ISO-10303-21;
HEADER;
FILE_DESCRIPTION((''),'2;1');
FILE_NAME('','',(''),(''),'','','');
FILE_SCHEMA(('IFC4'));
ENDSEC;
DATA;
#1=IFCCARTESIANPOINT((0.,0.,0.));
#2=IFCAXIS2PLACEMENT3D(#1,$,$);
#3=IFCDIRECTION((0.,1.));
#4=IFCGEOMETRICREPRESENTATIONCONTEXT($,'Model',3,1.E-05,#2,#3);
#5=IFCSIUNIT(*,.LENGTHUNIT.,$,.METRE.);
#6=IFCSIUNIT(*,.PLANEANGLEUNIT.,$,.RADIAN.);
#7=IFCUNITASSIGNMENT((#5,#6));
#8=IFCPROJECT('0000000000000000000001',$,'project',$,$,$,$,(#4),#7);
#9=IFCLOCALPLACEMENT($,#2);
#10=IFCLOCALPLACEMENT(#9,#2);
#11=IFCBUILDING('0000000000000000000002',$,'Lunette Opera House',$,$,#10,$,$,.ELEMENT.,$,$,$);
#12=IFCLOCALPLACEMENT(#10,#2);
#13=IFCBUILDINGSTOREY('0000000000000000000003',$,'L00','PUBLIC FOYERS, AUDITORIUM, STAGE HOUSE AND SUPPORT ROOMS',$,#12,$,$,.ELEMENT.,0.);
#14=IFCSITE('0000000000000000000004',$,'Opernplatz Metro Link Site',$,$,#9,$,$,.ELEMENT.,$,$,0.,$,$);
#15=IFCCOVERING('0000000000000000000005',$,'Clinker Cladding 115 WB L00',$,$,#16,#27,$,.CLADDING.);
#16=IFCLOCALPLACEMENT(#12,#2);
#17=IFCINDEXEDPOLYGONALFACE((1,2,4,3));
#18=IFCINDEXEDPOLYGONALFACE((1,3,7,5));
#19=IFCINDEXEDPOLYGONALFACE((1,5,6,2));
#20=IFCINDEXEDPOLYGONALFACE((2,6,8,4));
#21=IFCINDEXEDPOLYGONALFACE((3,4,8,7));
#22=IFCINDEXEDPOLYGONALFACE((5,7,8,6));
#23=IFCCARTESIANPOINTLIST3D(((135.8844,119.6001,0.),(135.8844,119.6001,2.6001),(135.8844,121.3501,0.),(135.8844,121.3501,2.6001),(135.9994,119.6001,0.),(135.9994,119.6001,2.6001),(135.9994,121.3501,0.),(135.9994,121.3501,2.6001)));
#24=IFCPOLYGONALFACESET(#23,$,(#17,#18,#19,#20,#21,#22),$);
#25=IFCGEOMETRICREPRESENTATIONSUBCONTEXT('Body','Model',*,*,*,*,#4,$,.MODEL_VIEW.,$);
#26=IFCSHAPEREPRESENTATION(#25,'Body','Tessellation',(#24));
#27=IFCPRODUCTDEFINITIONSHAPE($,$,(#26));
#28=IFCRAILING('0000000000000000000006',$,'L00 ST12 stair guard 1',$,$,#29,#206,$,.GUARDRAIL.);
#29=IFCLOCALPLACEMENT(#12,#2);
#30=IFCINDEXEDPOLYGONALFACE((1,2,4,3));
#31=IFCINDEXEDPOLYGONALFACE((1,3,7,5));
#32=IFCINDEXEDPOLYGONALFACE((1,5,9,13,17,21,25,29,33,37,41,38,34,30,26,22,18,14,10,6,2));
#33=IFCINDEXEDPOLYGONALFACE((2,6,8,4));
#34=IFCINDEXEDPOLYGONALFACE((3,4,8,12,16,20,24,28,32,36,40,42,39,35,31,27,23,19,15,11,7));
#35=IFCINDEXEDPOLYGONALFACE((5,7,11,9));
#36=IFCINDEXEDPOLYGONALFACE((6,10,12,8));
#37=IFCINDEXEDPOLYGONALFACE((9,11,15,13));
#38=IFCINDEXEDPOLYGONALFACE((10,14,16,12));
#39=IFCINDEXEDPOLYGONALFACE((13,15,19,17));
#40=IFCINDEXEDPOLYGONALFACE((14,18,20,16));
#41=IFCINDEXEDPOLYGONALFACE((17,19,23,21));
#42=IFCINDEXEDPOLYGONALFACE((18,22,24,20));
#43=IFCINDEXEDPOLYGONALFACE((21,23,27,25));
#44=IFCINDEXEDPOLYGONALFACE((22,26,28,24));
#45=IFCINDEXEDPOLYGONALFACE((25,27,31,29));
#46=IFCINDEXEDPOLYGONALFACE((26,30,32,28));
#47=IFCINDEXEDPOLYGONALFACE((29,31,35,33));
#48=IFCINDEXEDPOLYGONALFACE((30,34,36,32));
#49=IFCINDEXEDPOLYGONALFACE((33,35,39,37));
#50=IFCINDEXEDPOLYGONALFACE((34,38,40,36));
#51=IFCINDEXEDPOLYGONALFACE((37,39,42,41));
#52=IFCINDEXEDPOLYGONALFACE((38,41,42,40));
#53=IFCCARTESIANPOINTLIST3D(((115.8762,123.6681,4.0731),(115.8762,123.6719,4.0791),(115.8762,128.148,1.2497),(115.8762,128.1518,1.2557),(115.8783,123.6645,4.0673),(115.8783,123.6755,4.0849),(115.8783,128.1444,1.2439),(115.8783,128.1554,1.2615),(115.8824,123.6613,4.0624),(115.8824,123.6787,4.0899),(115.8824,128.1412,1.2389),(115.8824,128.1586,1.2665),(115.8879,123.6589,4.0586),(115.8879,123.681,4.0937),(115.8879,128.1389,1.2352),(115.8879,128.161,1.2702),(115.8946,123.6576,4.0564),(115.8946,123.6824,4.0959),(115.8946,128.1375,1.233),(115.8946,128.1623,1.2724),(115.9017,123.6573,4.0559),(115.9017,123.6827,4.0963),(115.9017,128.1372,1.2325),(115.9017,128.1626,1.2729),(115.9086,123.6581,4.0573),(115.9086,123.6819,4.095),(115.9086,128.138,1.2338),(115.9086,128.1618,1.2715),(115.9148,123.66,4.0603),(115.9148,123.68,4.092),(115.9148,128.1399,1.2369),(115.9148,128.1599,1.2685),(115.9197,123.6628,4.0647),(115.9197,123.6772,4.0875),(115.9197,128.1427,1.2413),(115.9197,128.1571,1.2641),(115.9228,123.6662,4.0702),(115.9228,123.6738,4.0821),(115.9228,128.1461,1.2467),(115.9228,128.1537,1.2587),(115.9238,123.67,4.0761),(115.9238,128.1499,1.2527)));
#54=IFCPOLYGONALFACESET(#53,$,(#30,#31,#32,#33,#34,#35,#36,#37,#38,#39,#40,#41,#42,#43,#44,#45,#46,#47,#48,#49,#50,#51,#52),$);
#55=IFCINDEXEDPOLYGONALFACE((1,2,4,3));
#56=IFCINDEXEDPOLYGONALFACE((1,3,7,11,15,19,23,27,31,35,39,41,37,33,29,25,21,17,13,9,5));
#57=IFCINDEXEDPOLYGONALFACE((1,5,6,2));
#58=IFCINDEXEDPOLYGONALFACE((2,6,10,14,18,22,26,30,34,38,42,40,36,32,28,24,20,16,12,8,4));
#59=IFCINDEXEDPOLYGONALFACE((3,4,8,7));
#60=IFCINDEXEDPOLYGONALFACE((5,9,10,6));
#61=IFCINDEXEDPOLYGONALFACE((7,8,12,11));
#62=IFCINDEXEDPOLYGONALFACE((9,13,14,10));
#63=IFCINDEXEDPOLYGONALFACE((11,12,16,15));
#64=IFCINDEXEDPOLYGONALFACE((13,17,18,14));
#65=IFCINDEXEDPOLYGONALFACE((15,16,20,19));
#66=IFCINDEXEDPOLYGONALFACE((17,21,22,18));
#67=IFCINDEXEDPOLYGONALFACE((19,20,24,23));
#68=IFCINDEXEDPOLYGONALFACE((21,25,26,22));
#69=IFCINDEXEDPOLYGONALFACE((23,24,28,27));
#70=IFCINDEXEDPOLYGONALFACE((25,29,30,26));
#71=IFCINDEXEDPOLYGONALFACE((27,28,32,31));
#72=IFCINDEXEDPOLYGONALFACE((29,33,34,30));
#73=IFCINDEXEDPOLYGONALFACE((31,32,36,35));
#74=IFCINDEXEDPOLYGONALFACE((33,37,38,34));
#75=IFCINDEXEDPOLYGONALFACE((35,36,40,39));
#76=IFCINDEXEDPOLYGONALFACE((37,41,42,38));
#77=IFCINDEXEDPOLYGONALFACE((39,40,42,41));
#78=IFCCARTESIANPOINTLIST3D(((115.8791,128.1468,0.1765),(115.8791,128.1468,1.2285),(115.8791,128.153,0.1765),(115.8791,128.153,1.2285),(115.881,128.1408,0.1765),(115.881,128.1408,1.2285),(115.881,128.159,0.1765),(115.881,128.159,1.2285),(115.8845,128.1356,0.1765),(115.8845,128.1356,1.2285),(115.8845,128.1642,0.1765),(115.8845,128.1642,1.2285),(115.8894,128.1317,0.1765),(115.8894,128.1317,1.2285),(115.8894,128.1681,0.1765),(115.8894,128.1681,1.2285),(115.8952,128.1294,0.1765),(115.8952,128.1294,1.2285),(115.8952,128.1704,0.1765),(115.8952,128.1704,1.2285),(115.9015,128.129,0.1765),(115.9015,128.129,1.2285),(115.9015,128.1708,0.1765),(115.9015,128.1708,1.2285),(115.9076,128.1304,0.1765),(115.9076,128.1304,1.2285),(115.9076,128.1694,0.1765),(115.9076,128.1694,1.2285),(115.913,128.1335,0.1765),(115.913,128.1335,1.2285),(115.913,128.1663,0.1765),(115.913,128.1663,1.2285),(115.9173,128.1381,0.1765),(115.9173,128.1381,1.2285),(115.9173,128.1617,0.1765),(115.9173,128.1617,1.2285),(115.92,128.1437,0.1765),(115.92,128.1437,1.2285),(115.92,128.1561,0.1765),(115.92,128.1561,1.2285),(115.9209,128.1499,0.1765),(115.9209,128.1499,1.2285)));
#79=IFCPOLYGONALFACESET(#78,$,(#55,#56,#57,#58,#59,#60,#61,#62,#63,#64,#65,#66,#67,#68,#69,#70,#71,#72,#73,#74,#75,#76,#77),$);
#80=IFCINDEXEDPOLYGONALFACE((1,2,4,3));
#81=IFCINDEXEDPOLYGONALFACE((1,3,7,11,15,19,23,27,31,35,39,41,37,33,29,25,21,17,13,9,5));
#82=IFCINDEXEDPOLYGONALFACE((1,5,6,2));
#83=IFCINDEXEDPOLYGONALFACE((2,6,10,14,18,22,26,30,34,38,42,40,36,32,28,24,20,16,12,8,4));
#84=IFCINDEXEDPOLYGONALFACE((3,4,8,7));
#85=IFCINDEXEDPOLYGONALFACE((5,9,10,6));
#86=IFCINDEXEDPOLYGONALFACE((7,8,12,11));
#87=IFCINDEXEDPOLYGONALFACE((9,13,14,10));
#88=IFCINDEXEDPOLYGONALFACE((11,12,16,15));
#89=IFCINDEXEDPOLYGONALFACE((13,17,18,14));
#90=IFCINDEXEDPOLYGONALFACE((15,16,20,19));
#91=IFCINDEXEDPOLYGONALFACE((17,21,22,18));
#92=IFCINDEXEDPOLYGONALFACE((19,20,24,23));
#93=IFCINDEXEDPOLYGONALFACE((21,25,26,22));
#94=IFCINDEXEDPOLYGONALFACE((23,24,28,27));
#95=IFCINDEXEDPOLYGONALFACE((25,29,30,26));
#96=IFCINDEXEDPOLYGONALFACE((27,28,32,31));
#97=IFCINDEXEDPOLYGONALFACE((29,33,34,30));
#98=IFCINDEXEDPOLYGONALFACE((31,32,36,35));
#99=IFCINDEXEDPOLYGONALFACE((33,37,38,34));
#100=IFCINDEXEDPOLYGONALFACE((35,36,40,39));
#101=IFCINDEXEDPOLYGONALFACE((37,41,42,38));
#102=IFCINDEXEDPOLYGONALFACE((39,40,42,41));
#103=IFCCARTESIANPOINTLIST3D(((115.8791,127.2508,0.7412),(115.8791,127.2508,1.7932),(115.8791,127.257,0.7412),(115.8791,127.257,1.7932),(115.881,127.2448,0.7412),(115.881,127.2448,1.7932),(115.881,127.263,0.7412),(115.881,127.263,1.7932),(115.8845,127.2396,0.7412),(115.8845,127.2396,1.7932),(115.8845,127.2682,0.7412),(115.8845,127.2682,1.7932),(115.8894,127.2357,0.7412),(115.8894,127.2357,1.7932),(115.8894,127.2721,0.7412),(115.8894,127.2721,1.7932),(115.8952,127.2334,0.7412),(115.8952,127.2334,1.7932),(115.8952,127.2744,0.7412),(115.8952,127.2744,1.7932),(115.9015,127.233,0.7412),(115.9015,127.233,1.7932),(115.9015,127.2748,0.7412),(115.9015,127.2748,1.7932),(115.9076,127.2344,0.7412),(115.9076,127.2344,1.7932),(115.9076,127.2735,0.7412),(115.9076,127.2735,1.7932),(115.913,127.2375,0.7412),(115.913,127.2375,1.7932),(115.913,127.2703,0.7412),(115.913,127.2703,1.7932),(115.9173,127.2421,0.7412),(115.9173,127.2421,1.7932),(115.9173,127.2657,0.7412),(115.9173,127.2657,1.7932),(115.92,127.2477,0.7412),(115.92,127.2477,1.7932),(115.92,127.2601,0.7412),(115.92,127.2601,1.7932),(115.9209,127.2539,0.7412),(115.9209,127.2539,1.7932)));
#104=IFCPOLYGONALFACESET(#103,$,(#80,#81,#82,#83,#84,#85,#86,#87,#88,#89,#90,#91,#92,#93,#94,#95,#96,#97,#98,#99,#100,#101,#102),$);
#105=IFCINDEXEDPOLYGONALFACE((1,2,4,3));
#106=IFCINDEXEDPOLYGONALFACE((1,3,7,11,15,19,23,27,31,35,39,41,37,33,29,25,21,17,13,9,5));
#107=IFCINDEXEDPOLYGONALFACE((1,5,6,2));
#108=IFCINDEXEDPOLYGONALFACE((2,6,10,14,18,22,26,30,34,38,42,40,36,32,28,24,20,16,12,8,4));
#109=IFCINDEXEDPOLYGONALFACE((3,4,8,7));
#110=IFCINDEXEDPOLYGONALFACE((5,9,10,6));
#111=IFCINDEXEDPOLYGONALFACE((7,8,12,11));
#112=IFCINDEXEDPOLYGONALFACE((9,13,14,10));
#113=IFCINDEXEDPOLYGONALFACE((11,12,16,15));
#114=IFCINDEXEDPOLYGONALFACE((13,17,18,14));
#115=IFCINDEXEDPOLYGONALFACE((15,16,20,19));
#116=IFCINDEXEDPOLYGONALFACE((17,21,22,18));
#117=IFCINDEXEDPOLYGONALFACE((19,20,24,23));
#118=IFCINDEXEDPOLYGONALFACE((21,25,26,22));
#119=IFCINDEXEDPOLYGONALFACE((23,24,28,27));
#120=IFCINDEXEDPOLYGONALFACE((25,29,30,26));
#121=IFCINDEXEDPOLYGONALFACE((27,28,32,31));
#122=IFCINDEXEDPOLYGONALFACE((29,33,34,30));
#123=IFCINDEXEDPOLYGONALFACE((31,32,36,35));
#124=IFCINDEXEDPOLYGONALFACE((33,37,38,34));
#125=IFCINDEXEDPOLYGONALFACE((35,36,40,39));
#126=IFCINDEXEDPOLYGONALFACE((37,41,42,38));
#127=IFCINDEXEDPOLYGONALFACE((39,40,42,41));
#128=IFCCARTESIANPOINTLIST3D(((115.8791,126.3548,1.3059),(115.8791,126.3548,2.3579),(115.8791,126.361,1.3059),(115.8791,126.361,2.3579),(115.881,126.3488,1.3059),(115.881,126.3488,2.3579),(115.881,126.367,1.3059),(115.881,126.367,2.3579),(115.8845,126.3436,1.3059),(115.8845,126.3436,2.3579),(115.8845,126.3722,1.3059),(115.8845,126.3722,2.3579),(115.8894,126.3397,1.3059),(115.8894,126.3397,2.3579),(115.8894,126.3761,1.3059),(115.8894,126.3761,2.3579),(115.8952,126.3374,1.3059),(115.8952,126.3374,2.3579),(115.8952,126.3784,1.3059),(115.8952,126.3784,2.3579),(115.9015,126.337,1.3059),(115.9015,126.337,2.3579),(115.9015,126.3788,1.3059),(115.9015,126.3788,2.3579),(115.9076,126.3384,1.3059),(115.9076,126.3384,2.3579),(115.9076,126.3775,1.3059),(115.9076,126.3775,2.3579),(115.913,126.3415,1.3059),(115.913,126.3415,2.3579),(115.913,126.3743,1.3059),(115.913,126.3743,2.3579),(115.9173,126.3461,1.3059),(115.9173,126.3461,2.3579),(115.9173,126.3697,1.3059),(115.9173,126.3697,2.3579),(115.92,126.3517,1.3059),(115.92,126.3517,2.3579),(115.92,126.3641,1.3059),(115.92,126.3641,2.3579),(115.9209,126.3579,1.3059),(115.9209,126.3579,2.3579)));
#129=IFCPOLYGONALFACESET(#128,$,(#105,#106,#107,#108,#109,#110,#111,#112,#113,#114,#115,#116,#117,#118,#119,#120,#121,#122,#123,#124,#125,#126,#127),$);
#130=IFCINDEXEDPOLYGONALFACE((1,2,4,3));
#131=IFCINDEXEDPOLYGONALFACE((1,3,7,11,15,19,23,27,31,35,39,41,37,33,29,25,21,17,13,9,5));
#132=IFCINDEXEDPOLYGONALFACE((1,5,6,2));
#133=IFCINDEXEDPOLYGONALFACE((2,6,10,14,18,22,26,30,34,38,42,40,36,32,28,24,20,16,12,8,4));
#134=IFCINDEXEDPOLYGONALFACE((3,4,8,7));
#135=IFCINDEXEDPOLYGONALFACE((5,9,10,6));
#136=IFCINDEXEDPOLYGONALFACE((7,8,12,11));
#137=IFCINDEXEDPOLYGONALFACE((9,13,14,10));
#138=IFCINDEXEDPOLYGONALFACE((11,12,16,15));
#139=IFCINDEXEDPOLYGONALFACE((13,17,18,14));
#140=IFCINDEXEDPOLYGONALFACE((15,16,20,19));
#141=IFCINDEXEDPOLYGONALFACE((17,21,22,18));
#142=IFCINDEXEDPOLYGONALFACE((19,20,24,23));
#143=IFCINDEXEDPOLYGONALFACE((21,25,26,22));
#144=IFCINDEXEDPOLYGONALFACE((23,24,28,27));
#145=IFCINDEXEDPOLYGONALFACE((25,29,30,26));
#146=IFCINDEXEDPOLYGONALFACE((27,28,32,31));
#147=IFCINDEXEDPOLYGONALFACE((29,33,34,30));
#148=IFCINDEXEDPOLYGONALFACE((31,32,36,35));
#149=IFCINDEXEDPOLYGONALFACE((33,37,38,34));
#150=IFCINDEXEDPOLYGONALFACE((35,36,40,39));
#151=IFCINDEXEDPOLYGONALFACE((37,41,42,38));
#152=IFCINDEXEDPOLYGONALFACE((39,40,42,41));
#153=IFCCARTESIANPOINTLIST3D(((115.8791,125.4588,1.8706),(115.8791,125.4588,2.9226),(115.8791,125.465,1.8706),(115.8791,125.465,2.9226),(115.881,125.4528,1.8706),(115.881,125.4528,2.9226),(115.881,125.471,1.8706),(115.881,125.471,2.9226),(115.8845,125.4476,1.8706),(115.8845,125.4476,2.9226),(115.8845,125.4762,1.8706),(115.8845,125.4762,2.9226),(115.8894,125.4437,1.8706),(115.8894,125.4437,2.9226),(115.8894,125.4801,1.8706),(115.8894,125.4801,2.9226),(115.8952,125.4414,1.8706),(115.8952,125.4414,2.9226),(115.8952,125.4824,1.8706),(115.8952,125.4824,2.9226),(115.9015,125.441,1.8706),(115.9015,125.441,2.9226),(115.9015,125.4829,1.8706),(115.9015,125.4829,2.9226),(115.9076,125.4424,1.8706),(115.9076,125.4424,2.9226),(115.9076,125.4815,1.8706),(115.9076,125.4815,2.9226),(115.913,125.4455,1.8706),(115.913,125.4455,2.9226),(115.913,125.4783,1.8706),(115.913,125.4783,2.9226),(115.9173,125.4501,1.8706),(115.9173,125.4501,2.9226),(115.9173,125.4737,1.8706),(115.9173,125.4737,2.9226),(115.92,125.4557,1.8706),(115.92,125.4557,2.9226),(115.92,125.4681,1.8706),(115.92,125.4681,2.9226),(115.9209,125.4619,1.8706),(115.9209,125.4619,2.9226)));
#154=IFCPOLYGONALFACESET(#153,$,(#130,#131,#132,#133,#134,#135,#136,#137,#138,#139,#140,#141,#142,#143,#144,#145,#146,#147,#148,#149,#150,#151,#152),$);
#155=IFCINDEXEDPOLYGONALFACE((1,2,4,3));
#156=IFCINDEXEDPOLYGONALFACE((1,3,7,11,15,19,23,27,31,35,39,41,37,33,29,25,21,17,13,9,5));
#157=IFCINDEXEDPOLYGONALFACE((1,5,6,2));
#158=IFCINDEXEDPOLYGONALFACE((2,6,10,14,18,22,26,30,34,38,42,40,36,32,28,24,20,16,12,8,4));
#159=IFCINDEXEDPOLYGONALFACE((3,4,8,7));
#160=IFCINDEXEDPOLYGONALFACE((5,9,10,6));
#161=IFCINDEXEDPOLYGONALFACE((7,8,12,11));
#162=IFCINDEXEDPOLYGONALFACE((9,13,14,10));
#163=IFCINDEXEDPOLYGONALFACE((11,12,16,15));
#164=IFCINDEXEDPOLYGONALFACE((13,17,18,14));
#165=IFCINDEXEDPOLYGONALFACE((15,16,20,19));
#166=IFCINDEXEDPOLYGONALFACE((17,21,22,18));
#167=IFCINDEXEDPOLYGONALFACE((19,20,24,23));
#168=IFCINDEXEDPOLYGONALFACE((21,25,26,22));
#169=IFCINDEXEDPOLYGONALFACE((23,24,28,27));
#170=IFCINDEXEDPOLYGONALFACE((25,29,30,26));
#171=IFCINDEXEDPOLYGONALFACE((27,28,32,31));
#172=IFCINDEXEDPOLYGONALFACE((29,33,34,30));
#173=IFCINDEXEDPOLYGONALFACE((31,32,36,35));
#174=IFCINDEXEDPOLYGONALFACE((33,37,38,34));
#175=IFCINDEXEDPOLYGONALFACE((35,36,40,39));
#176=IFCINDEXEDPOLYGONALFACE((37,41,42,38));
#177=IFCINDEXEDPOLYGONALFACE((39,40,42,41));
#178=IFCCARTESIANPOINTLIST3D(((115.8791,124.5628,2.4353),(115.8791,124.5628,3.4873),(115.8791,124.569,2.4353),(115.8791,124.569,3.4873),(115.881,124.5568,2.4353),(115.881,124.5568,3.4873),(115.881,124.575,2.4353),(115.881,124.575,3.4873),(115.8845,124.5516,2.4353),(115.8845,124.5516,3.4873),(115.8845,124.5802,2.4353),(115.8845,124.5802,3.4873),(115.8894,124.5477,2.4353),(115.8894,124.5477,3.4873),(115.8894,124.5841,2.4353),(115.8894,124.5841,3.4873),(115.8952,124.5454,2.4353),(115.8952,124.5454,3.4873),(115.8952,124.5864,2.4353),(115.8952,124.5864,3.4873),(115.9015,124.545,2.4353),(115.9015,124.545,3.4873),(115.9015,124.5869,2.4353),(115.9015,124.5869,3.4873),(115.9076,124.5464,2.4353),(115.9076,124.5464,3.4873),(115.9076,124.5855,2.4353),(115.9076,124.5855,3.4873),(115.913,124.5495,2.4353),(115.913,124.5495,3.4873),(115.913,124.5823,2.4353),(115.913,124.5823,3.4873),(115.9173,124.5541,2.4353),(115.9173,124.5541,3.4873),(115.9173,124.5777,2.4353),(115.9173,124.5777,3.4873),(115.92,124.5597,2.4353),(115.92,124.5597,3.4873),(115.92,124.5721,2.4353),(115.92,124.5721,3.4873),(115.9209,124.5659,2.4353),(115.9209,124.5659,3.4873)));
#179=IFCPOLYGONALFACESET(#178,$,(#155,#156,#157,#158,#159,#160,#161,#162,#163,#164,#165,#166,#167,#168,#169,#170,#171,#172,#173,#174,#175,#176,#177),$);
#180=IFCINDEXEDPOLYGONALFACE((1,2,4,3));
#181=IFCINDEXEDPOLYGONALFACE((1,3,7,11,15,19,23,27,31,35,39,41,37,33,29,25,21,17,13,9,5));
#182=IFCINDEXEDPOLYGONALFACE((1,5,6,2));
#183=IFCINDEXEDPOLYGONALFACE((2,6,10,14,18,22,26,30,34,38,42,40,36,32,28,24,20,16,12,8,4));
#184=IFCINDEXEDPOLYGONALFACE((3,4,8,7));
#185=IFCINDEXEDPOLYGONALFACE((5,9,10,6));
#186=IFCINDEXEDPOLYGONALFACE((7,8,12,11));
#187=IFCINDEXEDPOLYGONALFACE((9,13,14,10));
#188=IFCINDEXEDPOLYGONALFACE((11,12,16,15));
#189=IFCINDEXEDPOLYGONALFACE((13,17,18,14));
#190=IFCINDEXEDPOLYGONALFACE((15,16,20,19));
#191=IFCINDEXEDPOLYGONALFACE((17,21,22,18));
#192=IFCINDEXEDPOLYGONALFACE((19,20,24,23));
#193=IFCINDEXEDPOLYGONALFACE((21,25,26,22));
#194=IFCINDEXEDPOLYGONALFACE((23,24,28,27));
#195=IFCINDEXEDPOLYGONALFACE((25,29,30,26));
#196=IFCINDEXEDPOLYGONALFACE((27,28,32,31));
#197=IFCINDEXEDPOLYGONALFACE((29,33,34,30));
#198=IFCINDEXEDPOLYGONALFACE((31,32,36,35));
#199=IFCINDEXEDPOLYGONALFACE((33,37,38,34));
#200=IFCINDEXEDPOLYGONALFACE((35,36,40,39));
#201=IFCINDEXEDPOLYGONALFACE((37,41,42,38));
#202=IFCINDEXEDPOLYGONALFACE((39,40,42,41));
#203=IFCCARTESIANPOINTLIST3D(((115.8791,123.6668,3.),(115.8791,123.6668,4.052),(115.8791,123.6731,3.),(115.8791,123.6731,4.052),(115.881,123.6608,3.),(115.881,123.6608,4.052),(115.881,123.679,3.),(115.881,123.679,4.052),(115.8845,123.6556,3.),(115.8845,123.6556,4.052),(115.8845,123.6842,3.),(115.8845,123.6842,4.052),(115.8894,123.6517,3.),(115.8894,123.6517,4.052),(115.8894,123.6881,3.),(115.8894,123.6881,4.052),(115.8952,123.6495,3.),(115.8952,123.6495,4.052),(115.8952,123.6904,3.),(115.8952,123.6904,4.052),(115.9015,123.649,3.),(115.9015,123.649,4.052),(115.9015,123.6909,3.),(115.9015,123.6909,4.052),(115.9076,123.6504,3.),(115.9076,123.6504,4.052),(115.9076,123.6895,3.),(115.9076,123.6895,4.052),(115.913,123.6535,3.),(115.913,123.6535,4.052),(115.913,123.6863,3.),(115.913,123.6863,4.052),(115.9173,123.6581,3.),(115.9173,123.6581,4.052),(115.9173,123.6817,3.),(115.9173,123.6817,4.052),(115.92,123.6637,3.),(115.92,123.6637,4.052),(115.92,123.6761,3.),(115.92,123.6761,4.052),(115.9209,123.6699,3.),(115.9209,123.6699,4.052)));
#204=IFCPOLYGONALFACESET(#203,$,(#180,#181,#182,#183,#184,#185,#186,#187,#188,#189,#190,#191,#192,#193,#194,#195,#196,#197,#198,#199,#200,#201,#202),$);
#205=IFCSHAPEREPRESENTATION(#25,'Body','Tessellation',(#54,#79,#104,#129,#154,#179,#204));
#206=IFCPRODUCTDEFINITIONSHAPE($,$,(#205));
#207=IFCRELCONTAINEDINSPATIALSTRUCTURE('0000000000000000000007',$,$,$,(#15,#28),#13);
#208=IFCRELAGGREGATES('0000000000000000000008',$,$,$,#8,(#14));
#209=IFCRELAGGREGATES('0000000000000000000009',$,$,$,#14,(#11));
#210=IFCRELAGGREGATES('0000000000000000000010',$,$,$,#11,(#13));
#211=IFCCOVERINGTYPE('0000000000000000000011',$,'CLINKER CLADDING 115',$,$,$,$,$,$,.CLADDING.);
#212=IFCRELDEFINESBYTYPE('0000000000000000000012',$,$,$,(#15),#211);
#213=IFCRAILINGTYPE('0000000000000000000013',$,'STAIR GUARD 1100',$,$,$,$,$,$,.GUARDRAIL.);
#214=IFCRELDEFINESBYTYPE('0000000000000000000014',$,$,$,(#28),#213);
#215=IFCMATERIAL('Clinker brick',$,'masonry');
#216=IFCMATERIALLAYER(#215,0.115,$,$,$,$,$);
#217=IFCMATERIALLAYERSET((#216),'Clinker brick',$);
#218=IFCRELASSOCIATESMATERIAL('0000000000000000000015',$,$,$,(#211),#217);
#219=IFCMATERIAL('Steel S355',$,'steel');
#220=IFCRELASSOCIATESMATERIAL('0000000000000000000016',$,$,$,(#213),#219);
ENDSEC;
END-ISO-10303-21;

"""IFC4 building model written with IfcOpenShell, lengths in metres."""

from ifc_helpers import new_model, si_unit, direction, frame, origin, origin_2d, place, context, subcontext, project, spatial, rectangle, circle, extrude, material, layer, layer_set, type_object, element, save


model = new_model("IFC4")

# Units and contexts
model_context = context("Model", 3, precision=1e-05, world=origin(), true_north=direction((0.0, 1.0)))
body_context = subcontext(model_context, "Body", "Model", "MODEL_VIEW")
ifc_project = project(units=[si_unit("LENGTHUNIT", "METRE"), si_unit("PLANEANGLEUNIT", "RADIAN")], contexts=[model_context])

# Site, building, storey
site_placement = place(None, origin())
site = spatial("IfcSite", under=ifc_project, at=site_placement, Name="Opernplatz Metro Link Site", CompositionType="ELEMENT", RefElevation=0.0)
building_placement = place(site_placement, origin())
building = spatial("IfcBuilding", under=site, at=building_placement, Name="Lunette Opera House", CompositionType="ELEMENT")
storey_placement = place(building_placement, origin())
storey = spatial("IfcBuildingStorey", under=building, at=storey_placement, Name="L00", Description="PUBLIC FOYERS, AUDITORIUM, STAGE HOUSE AND SUPPORT ROOMS", CompositionType="ELEMENT", Elevation=0.0)

# Covering
ifc_material_1 = material(Name="Clinker brick", Category="masonry")
ifc_layer_1 = layer(ifc_material_1, 0.115)
ifc_layer_set_1 = layer_set([ifc_layer_1], Name="Clinker brick")
covering_type_1 = type_object("IfcCoveringType", Name="CLINKER CLADDING 115", PredefinedType="CLADDING", material=ifc_layer_set_1)
covering_1_placement = place(storey_placement, frame((135.9419, 120.4751, 0.0), z_axis=(0.0, 0.0, 1.0), x_axis=(0.0, -1.0, 0.0)))
element("IfcCovering", 1, at=covering_1_placement, inside=storey, type_object=covering_type_1, Name="Clinker Cladding 115 WB L00", PredefinedType="CLADDING", context=body_context, shape_type="SweptSolid", body=[
    extrude(rectangle(XDim=1.75, YDim=0.115, at=origin_2d()), origin(), (0.0, 0.0, 1.0), 2.6001),
])

# Railing
ifc_material_2 = material(Name="Steel S355", Category="steel")
railing_type_1 = type_object("IfcRailingType", Name="STAIR GUARD 1100", PredefinedType="GUARDRAIL", material=ifc_material_2)
railing_1_placement = place(storey_placement, frame((115.8999, 128.1499, 0.1765)))
element("IfcRailing", 2, at=railing_1_placement, inside=storey, type_object=railing_type_1, Name="L00 ST12 stair guard 1", PredefinedType="GUARDRAIL", context=body_context, shape_type="SweptSolid", body=[
    extrude(circle(Radius=0.0239, at=origin_2d()), frame((0.0, 0.0, 1.0762), z_axis=(0.0, -0.845998, 0.533186), x_axis=(1.0, 0.0, 0.0)), (0.0, 0.0, 1.0), 5.2954),
    extrude(circle(Radius=0.021, at=origin_2d()), origin(), (0.0, 0.0, 1.0), 1.052),
    extrude(circle(Radius=0.021, at=origin_2d()), frame((0.0, -0.896, 0.5647)), (0.0, 0.0, 1.0), 1.052),
    extrude(circle(Radius=0.021, at=origin_2d()), frame((0.0, -1.792, 1.1294)), (0.0, 0.0, 1.0), 1.052),
    extrude(circle(Radius=0.021, at=origin_2d()), frame((0.0, -2.688, 1.6941)), (0.0, 0.0, 1.0), 1.052),
    extrude(circle(Radius=0.021, at=origin_2d()), frame((0.0, -3.584, 2.2588)), (0.0, 0.0, 1.0), 1.052),
    extrude(circle(Radius=0.021, at=origin_2d()), frame((0.0, -4.48, 2.8235)), (0.0, 0.0, 1.0), 1.052),
])

save(model, "model.ifc")
